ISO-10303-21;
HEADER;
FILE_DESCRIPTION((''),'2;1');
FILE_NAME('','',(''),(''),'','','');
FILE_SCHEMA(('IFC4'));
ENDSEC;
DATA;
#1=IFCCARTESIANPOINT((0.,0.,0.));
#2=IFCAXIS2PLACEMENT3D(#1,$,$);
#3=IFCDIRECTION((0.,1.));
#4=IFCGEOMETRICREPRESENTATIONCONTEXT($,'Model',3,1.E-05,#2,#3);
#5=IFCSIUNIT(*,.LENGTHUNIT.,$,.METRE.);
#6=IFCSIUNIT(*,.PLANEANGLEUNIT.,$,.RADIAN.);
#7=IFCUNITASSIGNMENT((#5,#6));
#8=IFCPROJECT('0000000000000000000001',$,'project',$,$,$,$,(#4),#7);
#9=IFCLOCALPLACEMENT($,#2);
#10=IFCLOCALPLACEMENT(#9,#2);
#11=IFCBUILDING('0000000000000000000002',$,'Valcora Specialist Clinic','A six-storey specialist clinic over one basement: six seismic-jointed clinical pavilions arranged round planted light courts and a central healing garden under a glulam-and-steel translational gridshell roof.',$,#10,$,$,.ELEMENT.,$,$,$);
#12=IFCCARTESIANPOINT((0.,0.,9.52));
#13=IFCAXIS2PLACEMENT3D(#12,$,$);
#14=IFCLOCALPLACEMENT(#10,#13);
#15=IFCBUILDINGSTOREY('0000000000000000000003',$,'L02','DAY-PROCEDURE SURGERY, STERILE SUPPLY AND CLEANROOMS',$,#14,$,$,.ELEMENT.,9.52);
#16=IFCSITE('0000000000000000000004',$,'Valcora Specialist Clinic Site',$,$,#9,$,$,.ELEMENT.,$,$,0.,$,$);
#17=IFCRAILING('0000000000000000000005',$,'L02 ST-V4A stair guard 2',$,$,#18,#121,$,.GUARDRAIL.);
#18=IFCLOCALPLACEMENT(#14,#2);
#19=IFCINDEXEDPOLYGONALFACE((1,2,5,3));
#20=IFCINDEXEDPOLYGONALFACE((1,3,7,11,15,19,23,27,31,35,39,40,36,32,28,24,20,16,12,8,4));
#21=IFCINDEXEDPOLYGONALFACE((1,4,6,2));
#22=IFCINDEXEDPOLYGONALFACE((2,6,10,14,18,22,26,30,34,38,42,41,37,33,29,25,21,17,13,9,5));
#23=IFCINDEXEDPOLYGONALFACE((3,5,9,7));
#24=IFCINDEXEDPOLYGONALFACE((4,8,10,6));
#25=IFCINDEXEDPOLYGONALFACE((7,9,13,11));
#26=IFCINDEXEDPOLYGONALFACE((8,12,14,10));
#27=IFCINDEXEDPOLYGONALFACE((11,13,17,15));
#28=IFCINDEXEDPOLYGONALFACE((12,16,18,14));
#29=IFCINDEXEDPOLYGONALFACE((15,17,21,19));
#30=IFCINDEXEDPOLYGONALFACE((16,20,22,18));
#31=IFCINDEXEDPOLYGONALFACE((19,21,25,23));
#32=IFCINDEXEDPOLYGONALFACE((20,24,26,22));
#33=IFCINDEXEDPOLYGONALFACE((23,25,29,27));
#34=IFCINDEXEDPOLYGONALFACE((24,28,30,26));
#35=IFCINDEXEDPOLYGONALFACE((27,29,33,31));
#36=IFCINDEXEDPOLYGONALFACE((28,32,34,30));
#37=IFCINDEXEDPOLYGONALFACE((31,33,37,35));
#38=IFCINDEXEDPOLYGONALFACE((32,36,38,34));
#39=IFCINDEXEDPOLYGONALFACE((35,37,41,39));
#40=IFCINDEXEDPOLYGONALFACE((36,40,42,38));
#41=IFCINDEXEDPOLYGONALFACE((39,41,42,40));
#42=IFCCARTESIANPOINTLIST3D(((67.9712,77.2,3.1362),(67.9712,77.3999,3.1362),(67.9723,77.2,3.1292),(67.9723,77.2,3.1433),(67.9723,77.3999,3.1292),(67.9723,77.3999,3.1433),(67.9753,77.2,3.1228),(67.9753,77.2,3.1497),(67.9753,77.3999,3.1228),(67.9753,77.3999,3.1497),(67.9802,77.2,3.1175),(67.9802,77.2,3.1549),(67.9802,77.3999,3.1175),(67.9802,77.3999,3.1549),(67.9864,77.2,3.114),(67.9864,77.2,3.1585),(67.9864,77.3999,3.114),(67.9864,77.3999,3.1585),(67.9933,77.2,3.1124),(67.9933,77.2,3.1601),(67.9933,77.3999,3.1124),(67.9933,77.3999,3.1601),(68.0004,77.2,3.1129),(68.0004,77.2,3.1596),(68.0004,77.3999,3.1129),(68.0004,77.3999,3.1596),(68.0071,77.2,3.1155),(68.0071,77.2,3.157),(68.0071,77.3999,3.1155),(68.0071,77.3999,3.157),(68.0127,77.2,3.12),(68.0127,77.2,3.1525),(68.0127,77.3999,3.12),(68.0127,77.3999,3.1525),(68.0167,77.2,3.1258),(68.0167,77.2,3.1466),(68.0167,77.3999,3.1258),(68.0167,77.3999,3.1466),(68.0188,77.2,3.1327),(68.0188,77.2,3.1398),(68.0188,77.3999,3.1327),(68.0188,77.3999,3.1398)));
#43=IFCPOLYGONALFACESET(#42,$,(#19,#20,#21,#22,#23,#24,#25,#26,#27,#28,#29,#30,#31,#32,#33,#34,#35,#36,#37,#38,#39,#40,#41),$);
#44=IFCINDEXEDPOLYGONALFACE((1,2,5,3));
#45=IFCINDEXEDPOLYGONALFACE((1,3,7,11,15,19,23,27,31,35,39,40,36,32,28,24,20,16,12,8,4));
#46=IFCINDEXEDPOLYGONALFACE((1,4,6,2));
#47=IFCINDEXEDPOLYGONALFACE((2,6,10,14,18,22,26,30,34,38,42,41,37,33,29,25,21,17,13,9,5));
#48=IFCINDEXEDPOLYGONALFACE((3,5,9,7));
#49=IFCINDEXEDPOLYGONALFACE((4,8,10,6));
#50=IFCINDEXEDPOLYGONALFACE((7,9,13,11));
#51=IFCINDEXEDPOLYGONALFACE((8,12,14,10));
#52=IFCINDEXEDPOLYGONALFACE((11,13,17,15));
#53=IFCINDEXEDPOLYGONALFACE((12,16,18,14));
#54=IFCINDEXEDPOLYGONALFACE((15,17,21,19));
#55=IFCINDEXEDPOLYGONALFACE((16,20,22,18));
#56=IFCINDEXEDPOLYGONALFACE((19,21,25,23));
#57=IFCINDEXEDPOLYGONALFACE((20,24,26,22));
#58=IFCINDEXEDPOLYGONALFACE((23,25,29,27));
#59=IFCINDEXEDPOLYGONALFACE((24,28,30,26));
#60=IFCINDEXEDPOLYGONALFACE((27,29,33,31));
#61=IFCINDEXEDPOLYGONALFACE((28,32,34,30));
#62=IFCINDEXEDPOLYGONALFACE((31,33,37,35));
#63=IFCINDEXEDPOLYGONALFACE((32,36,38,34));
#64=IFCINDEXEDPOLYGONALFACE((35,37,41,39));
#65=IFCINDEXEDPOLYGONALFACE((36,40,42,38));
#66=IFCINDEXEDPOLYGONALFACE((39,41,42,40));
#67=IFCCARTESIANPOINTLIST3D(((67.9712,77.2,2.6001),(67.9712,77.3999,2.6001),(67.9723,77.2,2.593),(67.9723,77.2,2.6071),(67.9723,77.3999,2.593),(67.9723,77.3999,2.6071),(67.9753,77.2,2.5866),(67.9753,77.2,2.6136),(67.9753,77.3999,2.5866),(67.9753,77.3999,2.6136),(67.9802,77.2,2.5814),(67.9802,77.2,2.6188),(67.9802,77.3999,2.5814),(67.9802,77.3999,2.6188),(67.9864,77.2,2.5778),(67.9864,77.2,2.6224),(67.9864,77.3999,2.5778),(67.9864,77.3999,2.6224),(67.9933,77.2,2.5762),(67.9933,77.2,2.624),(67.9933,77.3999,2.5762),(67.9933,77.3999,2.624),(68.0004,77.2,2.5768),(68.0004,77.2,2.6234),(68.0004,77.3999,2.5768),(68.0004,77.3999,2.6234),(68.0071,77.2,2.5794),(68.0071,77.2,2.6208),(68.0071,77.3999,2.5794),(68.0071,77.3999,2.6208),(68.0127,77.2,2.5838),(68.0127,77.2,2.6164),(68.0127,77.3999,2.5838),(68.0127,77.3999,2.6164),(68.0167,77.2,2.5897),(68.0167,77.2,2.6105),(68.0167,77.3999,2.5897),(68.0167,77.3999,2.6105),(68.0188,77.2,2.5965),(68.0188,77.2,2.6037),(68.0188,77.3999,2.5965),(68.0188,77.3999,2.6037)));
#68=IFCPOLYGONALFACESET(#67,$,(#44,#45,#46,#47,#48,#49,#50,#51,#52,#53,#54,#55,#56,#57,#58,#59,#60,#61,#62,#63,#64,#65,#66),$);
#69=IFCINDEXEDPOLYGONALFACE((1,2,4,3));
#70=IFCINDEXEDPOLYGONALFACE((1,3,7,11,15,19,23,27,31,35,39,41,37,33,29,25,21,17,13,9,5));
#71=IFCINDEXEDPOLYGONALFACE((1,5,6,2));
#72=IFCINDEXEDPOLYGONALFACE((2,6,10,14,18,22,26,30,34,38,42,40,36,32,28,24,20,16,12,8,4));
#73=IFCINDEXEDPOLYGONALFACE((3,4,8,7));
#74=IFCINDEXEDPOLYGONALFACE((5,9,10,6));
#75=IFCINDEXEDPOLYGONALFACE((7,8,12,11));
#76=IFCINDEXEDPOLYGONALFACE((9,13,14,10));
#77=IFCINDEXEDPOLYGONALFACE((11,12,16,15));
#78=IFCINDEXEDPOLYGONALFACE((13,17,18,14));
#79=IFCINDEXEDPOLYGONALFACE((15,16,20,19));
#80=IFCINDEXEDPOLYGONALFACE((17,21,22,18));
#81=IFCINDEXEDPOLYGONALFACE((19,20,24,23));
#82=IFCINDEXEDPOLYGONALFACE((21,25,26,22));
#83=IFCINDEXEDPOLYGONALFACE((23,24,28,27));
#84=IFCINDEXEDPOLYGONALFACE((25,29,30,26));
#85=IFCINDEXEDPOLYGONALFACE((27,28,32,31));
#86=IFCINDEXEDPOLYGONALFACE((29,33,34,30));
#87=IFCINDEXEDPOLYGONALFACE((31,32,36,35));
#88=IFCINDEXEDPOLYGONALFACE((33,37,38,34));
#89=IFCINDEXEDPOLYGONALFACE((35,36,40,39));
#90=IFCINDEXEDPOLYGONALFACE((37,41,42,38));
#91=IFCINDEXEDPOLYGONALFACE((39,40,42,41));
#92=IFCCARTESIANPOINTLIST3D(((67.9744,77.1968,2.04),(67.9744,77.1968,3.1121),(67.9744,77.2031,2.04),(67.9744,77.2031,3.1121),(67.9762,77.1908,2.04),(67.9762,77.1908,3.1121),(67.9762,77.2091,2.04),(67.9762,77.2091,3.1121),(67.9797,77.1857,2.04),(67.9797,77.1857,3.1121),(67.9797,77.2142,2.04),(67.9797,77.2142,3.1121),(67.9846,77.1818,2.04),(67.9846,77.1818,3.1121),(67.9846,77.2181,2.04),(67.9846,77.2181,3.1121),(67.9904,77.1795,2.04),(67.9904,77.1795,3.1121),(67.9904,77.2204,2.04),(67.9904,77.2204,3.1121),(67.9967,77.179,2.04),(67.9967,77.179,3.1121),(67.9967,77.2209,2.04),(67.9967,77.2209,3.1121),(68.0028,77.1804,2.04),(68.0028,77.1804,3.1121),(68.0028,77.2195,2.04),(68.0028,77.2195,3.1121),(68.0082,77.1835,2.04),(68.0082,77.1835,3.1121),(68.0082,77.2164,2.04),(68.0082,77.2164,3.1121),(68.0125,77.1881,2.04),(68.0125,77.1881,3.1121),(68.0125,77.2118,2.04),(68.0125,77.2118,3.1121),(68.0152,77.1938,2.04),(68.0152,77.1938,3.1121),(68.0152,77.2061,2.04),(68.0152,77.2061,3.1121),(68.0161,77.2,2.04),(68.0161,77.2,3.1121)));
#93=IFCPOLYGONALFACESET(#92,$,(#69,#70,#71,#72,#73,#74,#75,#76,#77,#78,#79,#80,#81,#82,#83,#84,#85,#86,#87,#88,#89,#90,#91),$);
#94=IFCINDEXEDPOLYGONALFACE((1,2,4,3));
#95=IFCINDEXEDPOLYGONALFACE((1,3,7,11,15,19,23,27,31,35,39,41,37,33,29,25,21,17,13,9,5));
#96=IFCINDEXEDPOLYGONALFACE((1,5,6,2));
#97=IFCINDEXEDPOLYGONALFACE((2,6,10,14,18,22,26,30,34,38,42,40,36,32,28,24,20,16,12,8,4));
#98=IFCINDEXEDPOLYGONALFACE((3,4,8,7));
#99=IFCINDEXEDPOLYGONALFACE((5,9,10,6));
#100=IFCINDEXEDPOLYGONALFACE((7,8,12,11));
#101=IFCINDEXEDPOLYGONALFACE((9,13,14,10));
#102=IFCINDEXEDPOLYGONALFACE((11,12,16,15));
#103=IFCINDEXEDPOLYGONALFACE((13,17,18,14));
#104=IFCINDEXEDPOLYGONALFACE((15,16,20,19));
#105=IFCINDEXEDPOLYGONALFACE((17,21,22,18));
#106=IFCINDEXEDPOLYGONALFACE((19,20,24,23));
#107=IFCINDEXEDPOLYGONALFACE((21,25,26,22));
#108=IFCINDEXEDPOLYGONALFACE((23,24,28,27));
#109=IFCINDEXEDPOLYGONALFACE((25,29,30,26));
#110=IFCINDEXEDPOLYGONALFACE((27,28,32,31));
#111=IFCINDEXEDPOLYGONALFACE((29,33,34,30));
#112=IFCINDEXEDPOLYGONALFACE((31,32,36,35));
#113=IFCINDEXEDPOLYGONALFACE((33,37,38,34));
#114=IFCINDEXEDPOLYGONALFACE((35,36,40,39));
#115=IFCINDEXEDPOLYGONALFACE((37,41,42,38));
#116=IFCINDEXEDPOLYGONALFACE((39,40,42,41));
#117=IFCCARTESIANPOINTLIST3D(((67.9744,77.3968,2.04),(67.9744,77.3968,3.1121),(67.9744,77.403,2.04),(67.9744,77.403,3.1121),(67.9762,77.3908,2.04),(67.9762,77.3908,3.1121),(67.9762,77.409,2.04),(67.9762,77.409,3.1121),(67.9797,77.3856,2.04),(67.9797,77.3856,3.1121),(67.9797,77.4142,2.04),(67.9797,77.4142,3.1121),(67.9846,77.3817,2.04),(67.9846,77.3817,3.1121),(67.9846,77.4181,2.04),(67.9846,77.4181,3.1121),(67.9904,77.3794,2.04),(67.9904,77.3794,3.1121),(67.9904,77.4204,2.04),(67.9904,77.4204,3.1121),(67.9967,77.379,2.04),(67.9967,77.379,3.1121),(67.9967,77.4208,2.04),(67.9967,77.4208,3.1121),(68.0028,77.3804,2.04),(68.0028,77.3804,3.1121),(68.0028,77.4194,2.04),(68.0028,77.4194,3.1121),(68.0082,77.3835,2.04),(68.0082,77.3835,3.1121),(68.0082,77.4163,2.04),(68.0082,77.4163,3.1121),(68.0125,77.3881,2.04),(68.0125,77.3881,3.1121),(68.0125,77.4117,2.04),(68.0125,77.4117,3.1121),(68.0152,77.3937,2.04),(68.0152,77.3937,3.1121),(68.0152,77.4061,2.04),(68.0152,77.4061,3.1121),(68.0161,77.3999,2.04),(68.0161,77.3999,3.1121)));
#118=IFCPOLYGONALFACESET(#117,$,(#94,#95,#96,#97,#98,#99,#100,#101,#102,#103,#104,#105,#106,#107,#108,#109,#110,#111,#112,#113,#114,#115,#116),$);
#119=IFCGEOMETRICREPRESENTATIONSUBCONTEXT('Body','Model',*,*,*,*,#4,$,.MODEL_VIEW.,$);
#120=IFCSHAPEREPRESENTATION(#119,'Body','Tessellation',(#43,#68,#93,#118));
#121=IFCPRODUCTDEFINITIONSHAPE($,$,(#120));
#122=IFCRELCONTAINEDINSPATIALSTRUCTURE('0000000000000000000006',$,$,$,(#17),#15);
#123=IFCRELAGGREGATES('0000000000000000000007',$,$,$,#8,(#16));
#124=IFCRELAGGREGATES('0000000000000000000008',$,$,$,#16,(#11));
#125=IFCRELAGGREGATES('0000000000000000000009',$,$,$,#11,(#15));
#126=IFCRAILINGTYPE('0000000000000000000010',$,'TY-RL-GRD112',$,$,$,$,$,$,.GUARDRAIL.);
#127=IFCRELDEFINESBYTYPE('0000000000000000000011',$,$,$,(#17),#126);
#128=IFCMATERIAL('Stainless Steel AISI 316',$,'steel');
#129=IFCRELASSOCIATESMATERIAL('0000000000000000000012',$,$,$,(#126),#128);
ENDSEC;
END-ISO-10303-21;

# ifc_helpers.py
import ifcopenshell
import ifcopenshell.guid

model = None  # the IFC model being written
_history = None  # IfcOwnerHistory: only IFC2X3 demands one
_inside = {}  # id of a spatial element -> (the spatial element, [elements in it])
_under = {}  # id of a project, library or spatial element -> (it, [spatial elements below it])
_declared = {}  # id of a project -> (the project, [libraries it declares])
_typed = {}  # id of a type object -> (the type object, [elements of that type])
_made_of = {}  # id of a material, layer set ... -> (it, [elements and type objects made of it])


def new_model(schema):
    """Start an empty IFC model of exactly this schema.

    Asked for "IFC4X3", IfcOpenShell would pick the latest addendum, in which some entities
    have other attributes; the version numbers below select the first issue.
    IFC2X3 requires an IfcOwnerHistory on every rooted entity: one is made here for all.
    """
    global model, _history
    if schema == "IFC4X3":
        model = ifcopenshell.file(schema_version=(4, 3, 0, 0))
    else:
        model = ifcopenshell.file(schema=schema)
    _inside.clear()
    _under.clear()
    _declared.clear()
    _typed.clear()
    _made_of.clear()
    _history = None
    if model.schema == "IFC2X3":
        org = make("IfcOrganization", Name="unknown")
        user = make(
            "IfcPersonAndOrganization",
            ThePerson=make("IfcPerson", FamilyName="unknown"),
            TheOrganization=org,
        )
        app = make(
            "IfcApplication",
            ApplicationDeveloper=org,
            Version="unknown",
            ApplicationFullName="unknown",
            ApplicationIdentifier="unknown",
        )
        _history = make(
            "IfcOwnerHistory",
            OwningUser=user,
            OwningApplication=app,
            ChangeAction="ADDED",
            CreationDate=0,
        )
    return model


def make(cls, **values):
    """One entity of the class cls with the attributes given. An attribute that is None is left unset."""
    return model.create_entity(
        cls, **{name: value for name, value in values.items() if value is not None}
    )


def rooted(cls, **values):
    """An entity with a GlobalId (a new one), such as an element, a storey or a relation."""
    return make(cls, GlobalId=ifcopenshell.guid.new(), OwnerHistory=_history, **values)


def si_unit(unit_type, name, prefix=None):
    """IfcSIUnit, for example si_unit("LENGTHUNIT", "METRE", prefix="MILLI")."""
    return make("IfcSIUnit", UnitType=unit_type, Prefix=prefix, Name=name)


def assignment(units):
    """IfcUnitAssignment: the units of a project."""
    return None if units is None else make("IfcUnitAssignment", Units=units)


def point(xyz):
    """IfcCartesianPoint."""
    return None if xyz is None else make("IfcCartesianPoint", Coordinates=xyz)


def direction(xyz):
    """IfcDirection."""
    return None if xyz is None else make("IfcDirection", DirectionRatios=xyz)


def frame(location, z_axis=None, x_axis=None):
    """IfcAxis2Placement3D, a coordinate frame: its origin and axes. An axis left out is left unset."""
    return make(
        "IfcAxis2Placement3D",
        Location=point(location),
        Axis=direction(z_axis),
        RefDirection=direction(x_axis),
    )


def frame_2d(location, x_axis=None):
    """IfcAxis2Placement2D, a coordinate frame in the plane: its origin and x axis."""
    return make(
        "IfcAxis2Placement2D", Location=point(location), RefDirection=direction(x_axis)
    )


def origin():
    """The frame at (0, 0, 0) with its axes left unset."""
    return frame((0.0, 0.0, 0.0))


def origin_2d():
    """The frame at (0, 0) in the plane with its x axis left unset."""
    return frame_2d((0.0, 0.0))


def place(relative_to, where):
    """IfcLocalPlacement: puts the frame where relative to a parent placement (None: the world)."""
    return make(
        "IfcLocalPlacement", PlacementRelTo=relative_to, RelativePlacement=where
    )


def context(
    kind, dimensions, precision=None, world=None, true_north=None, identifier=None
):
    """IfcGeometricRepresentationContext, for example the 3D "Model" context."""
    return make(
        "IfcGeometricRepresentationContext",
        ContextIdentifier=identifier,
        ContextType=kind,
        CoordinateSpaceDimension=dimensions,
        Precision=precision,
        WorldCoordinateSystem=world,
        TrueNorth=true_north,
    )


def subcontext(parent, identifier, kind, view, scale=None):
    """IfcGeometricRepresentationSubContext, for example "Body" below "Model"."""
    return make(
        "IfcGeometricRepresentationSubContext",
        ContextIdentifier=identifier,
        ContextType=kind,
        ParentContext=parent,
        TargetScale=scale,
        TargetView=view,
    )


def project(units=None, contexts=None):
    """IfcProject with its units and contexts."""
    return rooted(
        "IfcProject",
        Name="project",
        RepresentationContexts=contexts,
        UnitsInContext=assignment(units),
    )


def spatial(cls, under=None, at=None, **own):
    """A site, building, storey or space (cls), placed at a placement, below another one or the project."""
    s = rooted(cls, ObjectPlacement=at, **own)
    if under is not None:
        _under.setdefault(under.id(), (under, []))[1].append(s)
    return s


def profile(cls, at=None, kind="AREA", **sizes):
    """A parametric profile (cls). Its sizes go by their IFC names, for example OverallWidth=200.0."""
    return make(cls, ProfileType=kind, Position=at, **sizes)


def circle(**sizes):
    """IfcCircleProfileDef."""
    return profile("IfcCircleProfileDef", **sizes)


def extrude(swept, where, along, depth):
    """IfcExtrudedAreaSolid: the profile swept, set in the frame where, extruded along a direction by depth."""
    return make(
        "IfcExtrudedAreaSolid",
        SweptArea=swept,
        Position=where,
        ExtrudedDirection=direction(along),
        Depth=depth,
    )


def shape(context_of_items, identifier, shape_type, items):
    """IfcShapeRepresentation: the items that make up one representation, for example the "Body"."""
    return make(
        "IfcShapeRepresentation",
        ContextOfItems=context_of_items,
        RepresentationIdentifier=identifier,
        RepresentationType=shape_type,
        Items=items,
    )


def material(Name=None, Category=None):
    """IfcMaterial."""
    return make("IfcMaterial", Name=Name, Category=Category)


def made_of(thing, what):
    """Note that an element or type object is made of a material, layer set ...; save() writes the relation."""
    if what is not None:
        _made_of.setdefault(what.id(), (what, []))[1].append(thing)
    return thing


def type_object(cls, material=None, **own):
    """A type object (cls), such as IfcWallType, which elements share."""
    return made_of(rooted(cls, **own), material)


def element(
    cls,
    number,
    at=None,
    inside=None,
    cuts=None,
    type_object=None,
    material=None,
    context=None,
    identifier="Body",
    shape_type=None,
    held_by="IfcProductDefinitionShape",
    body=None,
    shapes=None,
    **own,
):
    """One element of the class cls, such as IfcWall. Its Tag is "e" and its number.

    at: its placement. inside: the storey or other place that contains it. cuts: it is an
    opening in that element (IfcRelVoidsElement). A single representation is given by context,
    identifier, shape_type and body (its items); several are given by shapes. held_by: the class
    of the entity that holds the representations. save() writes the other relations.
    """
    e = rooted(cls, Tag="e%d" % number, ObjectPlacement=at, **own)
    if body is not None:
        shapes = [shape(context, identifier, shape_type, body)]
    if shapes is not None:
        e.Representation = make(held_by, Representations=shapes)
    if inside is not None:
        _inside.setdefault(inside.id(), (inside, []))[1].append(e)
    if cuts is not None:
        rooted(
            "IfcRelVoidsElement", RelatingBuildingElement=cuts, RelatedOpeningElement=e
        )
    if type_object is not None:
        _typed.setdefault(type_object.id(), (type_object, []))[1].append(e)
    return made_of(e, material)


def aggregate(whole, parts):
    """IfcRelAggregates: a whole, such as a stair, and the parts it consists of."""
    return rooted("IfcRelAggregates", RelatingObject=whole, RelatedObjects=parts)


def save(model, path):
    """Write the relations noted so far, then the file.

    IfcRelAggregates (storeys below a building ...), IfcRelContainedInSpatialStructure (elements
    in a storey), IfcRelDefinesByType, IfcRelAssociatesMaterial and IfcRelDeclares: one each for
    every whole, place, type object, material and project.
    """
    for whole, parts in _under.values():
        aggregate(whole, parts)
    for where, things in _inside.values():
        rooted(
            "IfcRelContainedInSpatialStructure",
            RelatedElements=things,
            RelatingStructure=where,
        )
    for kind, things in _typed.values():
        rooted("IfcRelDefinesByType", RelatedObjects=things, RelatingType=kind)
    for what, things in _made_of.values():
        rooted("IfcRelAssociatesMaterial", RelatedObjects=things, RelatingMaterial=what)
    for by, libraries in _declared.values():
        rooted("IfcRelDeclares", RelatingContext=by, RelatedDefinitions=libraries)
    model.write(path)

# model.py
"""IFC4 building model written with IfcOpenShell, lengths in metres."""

from ifc_helpers import new_model, si_unit, direction, frame, origin, origin_2d, place, context, subcontext, project, spatial, circle, extrude, material, type_object, element, save


model = new_model("IFC4")

# Units and contexts
model_context = context("Model", 3, precision=1e-05, world=origin(), true_north=direction((0.0, 1.0)))
body_context = subcontext(model_context, "Body", "Model", "MODEL_VIEW")
ifc_project = project(units=[si_unit("LENGTHUNIT", "METRE"), si_unit("PLANEANGLEUNIT", "RADIAN")], contexts=[model_context])

# Site, building, storey
site_placement = place(None, origin())
site = spatial("IfcSite", under=ifc_project, at=site_placement, Name="Valcora Specialist Clinic Site", CompositionType="ELEMENT", RefElevation=0.0)
building_placement = place(site_placement, origin())
building = spatial("IfcBuilding", under=site, at=building_placement, Name="Valcora Specialist Clinic", Description="A six-storey specialist clinic over one basement: six seismic-jointed clinical pavilions arranged round planted light courts and a central healing garden under a glulam-and-steel translational gridshell roof.", CompositionType="ELEMENT")
storey_placement = place(building_placement, frame((0.0, 0.0, 9.52)))
storey = spatial("IfcBuildingStorey", under=building, at=storey_placement, Name="L02", Description="DAY-PROCEDURE SURGERY, STERILE SUPPLY AND CLEANROOMS", CompositionType="ELEMENT", Elevation=9.52)

# Railing
ifc_material_1 = material(Name="Stainless Steel AISI 316", Category="steel")
railing_type_1 = type_object("IfcRailingType", Name="TY-RL-GRD112", PredefinedType="GUARDRAIL", material=ifc_material_1)
railing_1_placement = place(storey_placement, frame((67.9951, 77.2, 2.04)))
element("IfcRailing", 1, at=railing_1_placement, inside=storey, type_object=railing_type_1, Name="L02 ST-V4A stair guard 2", PredefinedType="GUARDRAIL", context=body_context, shape_type="SweptSolid", body=[
    extrude(circle(Radius=0.0239, at=origin_2d()), frame((0.0, 0.0, 1.0962), z_axis=(0.0, 1.0, 0.0), x_axis=(-1.0, 0.0, 0.0)), (0.0, 0.0, 1.0), 0.2),
    extrude(circle(Radius=0.0239, at=origin_2d()), frame((0.0, 0.0, 0.5601), z_axis=(0.0, 1.0, 0.0), x_axis=(-1.0, 0.0, 0.0)), (0.0, 0.0, 1.0), 0.2),
    extrude(circle(Radius=0.021, at=origin_2d()), origin(), (0.0, 0.0, 1.0), 1.072),
    extrude(circle(Radius=0.021, at=origin_2d()), frame((0.0, 0.2, 0.0)), (0.0, 0.0, 1.0), 1.072),
])

save(model, "model.ifc")
